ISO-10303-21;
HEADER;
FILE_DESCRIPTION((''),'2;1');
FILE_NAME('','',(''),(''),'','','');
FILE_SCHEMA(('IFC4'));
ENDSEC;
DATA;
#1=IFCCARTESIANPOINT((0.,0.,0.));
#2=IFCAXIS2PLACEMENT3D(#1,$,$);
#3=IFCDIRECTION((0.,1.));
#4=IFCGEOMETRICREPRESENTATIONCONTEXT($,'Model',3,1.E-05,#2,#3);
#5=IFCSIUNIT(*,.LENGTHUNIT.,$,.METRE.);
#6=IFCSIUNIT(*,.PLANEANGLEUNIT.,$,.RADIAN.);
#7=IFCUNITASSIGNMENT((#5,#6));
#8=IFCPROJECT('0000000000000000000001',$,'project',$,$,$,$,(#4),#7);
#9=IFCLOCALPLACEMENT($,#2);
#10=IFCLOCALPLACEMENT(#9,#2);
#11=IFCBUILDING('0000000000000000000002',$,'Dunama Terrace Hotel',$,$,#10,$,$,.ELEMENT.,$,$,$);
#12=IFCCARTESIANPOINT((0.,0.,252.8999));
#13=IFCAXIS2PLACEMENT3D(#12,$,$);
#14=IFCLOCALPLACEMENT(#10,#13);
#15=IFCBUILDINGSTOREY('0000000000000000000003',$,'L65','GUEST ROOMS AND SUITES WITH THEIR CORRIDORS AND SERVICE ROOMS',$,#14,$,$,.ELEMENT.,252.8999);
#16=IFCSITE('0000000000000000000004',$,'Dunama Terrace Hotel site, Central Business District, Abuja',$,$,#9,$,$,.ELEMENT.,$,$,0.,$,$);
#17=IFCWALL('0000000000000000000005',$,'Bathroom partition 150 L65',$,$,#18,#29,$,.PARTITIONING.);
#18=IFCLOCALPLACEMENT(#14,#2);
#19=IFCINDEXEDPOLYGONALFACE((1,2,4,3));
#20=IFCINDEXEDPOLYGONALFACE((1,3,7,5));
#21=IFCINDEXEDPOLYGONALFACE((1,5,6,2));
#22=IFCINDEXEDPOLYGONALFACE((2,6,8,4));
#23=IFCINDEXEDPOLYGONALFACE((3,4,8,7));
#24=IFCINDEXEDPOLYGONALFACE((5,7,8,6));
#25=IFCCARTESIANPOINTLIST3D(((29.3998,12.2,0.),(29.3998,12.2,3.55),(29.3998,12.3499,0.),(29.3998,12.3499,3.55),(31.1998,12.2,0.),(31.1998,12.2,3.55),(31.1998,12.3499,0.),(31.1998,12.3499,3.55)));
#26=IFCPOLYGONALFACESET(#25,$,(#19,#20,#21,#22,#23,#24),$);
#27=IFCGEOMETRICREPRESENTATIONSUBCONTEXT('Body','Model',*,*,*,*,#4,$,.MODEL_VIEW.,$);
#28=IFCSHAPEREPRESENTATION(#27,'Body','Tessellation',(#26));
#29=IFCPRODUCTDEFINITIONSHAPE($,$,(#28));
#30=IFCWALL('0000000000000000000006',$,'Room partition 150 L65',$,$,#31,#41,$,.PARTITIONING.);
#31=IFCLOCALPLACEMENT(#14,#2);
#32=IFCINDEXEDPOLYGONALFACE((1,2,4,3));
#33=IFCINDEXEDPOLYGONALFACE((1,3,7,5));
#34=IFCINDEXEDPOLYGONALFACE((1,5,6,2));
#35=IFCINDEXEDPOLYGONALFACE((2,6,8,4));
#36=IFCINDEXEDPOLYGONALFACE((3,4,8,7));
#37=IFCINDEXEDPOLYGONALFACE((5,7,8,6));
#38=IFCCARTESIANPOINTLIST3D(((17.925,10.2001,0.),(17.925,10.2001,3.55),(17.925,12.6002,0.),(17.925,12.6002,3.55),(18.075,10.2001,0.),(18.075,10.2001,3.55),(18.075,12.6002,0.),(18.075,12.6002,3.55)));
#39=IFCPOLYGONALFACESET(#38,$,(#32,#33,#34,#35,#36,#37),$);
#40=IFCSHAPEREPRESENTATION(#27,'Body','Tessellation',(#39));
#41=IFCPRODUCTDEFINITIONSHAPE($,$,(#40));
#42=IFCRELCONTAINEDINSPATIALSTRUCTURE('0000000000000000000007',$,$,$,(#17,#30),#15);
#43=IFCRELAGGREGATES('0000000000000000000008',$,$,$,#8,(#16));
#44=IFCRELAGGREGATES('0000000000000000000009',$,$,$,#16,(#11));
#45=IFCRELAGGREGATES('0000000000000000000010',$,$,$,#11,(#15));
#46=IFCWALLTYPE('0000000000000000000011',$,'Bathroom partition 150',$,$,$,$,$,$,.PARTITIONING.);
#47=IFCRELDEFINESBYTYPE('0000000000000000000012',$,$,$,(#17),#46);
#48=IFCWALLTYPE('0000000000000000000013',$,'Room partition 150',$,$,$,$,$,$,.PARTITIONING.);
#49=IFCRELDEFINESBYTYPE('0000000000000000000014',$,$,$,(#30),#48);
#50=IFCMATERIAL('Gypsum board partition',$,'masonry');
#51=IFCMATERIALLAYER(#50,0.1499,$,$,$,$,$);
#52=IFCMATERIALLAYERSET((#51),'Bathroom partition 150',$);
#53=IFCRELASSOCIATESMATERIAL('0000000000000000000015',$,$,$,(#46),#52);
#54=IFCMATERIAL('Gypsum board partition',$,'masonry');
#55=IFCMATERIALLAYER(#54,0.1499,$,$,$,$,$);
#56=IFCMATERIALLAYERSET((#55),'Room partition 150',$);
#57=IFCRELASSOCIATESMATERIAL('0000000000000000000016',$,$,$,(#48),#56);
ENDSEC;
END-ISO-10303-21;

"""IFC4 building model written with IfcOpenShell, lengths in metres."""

from ifc_helpers import new_model, si_unit, direction, frame, frame_2d, origin, place, context, subcontext, project, spatial, rectangle, extrude, material, layer, layer_set, type_object, element, save


model = new_model("IFC4")

# Units and contexts
model_context = context("Model", 3, precision=1e-05, world=origin(), true_north=direction((0.0, 1.0)))
body_context = subcontext(model_context, "Body", "Model", "MODEL_VIEW")
ifc_project = project(units=[si_unit("LENGTHUNIT", "METRE"), si_unit("PLANEANGLEUNIT", "RADIAN")], contexts=[model_context])

# Site, building, storey
site_placement = place(None, origin())
site = spatial("IfcSite", under=ifc_project, at=site_placement, Name="Dunama Terrace Hotel site, Central Business District, Abuja", CompositionType="ELEMENT", RefElevation=0.0)
building_placement = place(site_placement, origin())
building = spatial("IfcBuilding", under=site, at=building_placement, Name="Dunama Terrace Hotel", CompositionType="ELEMENT")
storey_placement = place(building_placement, frame((0.0, 0.0, 252.8999)))
storey = spatial("IfcBuildingStorey", under=building, at=storey_placement, Name="L65", Description="GUEST ROOMS AND SUITES WITH THEIR CORRIDORS AND SERVICE ROOMS", CompositionType="ELEMENT", Elevation=252.8999)

# Shared definitions
ifc_material_1 = material(Name="Gypsum board partition", Category="masonry")
ifc_layer_1 = layer(ifc_material_1, 0.1499)
ifc_layer_set_1 = layer_set([ifc_layer_1], Name="Bathroom partition 150")
wall_type_1 = type_object("IfcWallType", Name="Bathroom partition 150", PredefinedType="PARTITIONING", material=ifc_layer_set_1)

# Walls
wall_1_placement = place(storey_placement, frame((29.3999, 12.2749, 0.0), z_axis=(0.0, 0.0, 1.0), x_axis=(1.0, 0.0, 0.0)))
element("IfcWall", 1, at=wall_1_placement, inside=storey, type_object=wall_type_1, Name="Bathroom partition 150 L65", PredefinedType="PARTITIONING", context=body_context, shape_type="SweptSolid", body=[
    extrude(rectangle(XDim=1.8, YDim=0.1499, at=frame_2d((0.8999, 0.0))), origin(), (0.0, 0.0, 1.0), 3.55),
])
ifc_material_2 = material(Name="Gypsum board partition", Category="masonry")
ifc_layer_2 = layer(ifc_material_2, 0.1499)
ifc_layer_set_2 = layer_set([ifc_layer_2], Name="Room partition 150")
wall_type_2 = type_object("IfcWallType", Name="Room partition 150", PredefinedType="PARTITIONING", material=ifc_layer_set_2)
wall_2_placement = place(storey_placement, frame((18.0, 10.2, 0.0), z_axis=(0.0, 0.0, 1.0), x_axis=(0.0, 1.0, 0.0)))
element("IfcWall", 2, at=wall_2_placement, inside=storey, type_object=wall_type_2, Name="Room partition 150 L65", PredefinedType="PARTITIONING", context=body_context, shape_type="SweptSolid", body=[
    extrude(rectangle(XDim=2.4001, YDim=0.1499, at=frame_2d((1.2002, 0.0))), origin(), (0.0, 0.0, 1.0), 3.55),
])

save(model, "model.ifc")
